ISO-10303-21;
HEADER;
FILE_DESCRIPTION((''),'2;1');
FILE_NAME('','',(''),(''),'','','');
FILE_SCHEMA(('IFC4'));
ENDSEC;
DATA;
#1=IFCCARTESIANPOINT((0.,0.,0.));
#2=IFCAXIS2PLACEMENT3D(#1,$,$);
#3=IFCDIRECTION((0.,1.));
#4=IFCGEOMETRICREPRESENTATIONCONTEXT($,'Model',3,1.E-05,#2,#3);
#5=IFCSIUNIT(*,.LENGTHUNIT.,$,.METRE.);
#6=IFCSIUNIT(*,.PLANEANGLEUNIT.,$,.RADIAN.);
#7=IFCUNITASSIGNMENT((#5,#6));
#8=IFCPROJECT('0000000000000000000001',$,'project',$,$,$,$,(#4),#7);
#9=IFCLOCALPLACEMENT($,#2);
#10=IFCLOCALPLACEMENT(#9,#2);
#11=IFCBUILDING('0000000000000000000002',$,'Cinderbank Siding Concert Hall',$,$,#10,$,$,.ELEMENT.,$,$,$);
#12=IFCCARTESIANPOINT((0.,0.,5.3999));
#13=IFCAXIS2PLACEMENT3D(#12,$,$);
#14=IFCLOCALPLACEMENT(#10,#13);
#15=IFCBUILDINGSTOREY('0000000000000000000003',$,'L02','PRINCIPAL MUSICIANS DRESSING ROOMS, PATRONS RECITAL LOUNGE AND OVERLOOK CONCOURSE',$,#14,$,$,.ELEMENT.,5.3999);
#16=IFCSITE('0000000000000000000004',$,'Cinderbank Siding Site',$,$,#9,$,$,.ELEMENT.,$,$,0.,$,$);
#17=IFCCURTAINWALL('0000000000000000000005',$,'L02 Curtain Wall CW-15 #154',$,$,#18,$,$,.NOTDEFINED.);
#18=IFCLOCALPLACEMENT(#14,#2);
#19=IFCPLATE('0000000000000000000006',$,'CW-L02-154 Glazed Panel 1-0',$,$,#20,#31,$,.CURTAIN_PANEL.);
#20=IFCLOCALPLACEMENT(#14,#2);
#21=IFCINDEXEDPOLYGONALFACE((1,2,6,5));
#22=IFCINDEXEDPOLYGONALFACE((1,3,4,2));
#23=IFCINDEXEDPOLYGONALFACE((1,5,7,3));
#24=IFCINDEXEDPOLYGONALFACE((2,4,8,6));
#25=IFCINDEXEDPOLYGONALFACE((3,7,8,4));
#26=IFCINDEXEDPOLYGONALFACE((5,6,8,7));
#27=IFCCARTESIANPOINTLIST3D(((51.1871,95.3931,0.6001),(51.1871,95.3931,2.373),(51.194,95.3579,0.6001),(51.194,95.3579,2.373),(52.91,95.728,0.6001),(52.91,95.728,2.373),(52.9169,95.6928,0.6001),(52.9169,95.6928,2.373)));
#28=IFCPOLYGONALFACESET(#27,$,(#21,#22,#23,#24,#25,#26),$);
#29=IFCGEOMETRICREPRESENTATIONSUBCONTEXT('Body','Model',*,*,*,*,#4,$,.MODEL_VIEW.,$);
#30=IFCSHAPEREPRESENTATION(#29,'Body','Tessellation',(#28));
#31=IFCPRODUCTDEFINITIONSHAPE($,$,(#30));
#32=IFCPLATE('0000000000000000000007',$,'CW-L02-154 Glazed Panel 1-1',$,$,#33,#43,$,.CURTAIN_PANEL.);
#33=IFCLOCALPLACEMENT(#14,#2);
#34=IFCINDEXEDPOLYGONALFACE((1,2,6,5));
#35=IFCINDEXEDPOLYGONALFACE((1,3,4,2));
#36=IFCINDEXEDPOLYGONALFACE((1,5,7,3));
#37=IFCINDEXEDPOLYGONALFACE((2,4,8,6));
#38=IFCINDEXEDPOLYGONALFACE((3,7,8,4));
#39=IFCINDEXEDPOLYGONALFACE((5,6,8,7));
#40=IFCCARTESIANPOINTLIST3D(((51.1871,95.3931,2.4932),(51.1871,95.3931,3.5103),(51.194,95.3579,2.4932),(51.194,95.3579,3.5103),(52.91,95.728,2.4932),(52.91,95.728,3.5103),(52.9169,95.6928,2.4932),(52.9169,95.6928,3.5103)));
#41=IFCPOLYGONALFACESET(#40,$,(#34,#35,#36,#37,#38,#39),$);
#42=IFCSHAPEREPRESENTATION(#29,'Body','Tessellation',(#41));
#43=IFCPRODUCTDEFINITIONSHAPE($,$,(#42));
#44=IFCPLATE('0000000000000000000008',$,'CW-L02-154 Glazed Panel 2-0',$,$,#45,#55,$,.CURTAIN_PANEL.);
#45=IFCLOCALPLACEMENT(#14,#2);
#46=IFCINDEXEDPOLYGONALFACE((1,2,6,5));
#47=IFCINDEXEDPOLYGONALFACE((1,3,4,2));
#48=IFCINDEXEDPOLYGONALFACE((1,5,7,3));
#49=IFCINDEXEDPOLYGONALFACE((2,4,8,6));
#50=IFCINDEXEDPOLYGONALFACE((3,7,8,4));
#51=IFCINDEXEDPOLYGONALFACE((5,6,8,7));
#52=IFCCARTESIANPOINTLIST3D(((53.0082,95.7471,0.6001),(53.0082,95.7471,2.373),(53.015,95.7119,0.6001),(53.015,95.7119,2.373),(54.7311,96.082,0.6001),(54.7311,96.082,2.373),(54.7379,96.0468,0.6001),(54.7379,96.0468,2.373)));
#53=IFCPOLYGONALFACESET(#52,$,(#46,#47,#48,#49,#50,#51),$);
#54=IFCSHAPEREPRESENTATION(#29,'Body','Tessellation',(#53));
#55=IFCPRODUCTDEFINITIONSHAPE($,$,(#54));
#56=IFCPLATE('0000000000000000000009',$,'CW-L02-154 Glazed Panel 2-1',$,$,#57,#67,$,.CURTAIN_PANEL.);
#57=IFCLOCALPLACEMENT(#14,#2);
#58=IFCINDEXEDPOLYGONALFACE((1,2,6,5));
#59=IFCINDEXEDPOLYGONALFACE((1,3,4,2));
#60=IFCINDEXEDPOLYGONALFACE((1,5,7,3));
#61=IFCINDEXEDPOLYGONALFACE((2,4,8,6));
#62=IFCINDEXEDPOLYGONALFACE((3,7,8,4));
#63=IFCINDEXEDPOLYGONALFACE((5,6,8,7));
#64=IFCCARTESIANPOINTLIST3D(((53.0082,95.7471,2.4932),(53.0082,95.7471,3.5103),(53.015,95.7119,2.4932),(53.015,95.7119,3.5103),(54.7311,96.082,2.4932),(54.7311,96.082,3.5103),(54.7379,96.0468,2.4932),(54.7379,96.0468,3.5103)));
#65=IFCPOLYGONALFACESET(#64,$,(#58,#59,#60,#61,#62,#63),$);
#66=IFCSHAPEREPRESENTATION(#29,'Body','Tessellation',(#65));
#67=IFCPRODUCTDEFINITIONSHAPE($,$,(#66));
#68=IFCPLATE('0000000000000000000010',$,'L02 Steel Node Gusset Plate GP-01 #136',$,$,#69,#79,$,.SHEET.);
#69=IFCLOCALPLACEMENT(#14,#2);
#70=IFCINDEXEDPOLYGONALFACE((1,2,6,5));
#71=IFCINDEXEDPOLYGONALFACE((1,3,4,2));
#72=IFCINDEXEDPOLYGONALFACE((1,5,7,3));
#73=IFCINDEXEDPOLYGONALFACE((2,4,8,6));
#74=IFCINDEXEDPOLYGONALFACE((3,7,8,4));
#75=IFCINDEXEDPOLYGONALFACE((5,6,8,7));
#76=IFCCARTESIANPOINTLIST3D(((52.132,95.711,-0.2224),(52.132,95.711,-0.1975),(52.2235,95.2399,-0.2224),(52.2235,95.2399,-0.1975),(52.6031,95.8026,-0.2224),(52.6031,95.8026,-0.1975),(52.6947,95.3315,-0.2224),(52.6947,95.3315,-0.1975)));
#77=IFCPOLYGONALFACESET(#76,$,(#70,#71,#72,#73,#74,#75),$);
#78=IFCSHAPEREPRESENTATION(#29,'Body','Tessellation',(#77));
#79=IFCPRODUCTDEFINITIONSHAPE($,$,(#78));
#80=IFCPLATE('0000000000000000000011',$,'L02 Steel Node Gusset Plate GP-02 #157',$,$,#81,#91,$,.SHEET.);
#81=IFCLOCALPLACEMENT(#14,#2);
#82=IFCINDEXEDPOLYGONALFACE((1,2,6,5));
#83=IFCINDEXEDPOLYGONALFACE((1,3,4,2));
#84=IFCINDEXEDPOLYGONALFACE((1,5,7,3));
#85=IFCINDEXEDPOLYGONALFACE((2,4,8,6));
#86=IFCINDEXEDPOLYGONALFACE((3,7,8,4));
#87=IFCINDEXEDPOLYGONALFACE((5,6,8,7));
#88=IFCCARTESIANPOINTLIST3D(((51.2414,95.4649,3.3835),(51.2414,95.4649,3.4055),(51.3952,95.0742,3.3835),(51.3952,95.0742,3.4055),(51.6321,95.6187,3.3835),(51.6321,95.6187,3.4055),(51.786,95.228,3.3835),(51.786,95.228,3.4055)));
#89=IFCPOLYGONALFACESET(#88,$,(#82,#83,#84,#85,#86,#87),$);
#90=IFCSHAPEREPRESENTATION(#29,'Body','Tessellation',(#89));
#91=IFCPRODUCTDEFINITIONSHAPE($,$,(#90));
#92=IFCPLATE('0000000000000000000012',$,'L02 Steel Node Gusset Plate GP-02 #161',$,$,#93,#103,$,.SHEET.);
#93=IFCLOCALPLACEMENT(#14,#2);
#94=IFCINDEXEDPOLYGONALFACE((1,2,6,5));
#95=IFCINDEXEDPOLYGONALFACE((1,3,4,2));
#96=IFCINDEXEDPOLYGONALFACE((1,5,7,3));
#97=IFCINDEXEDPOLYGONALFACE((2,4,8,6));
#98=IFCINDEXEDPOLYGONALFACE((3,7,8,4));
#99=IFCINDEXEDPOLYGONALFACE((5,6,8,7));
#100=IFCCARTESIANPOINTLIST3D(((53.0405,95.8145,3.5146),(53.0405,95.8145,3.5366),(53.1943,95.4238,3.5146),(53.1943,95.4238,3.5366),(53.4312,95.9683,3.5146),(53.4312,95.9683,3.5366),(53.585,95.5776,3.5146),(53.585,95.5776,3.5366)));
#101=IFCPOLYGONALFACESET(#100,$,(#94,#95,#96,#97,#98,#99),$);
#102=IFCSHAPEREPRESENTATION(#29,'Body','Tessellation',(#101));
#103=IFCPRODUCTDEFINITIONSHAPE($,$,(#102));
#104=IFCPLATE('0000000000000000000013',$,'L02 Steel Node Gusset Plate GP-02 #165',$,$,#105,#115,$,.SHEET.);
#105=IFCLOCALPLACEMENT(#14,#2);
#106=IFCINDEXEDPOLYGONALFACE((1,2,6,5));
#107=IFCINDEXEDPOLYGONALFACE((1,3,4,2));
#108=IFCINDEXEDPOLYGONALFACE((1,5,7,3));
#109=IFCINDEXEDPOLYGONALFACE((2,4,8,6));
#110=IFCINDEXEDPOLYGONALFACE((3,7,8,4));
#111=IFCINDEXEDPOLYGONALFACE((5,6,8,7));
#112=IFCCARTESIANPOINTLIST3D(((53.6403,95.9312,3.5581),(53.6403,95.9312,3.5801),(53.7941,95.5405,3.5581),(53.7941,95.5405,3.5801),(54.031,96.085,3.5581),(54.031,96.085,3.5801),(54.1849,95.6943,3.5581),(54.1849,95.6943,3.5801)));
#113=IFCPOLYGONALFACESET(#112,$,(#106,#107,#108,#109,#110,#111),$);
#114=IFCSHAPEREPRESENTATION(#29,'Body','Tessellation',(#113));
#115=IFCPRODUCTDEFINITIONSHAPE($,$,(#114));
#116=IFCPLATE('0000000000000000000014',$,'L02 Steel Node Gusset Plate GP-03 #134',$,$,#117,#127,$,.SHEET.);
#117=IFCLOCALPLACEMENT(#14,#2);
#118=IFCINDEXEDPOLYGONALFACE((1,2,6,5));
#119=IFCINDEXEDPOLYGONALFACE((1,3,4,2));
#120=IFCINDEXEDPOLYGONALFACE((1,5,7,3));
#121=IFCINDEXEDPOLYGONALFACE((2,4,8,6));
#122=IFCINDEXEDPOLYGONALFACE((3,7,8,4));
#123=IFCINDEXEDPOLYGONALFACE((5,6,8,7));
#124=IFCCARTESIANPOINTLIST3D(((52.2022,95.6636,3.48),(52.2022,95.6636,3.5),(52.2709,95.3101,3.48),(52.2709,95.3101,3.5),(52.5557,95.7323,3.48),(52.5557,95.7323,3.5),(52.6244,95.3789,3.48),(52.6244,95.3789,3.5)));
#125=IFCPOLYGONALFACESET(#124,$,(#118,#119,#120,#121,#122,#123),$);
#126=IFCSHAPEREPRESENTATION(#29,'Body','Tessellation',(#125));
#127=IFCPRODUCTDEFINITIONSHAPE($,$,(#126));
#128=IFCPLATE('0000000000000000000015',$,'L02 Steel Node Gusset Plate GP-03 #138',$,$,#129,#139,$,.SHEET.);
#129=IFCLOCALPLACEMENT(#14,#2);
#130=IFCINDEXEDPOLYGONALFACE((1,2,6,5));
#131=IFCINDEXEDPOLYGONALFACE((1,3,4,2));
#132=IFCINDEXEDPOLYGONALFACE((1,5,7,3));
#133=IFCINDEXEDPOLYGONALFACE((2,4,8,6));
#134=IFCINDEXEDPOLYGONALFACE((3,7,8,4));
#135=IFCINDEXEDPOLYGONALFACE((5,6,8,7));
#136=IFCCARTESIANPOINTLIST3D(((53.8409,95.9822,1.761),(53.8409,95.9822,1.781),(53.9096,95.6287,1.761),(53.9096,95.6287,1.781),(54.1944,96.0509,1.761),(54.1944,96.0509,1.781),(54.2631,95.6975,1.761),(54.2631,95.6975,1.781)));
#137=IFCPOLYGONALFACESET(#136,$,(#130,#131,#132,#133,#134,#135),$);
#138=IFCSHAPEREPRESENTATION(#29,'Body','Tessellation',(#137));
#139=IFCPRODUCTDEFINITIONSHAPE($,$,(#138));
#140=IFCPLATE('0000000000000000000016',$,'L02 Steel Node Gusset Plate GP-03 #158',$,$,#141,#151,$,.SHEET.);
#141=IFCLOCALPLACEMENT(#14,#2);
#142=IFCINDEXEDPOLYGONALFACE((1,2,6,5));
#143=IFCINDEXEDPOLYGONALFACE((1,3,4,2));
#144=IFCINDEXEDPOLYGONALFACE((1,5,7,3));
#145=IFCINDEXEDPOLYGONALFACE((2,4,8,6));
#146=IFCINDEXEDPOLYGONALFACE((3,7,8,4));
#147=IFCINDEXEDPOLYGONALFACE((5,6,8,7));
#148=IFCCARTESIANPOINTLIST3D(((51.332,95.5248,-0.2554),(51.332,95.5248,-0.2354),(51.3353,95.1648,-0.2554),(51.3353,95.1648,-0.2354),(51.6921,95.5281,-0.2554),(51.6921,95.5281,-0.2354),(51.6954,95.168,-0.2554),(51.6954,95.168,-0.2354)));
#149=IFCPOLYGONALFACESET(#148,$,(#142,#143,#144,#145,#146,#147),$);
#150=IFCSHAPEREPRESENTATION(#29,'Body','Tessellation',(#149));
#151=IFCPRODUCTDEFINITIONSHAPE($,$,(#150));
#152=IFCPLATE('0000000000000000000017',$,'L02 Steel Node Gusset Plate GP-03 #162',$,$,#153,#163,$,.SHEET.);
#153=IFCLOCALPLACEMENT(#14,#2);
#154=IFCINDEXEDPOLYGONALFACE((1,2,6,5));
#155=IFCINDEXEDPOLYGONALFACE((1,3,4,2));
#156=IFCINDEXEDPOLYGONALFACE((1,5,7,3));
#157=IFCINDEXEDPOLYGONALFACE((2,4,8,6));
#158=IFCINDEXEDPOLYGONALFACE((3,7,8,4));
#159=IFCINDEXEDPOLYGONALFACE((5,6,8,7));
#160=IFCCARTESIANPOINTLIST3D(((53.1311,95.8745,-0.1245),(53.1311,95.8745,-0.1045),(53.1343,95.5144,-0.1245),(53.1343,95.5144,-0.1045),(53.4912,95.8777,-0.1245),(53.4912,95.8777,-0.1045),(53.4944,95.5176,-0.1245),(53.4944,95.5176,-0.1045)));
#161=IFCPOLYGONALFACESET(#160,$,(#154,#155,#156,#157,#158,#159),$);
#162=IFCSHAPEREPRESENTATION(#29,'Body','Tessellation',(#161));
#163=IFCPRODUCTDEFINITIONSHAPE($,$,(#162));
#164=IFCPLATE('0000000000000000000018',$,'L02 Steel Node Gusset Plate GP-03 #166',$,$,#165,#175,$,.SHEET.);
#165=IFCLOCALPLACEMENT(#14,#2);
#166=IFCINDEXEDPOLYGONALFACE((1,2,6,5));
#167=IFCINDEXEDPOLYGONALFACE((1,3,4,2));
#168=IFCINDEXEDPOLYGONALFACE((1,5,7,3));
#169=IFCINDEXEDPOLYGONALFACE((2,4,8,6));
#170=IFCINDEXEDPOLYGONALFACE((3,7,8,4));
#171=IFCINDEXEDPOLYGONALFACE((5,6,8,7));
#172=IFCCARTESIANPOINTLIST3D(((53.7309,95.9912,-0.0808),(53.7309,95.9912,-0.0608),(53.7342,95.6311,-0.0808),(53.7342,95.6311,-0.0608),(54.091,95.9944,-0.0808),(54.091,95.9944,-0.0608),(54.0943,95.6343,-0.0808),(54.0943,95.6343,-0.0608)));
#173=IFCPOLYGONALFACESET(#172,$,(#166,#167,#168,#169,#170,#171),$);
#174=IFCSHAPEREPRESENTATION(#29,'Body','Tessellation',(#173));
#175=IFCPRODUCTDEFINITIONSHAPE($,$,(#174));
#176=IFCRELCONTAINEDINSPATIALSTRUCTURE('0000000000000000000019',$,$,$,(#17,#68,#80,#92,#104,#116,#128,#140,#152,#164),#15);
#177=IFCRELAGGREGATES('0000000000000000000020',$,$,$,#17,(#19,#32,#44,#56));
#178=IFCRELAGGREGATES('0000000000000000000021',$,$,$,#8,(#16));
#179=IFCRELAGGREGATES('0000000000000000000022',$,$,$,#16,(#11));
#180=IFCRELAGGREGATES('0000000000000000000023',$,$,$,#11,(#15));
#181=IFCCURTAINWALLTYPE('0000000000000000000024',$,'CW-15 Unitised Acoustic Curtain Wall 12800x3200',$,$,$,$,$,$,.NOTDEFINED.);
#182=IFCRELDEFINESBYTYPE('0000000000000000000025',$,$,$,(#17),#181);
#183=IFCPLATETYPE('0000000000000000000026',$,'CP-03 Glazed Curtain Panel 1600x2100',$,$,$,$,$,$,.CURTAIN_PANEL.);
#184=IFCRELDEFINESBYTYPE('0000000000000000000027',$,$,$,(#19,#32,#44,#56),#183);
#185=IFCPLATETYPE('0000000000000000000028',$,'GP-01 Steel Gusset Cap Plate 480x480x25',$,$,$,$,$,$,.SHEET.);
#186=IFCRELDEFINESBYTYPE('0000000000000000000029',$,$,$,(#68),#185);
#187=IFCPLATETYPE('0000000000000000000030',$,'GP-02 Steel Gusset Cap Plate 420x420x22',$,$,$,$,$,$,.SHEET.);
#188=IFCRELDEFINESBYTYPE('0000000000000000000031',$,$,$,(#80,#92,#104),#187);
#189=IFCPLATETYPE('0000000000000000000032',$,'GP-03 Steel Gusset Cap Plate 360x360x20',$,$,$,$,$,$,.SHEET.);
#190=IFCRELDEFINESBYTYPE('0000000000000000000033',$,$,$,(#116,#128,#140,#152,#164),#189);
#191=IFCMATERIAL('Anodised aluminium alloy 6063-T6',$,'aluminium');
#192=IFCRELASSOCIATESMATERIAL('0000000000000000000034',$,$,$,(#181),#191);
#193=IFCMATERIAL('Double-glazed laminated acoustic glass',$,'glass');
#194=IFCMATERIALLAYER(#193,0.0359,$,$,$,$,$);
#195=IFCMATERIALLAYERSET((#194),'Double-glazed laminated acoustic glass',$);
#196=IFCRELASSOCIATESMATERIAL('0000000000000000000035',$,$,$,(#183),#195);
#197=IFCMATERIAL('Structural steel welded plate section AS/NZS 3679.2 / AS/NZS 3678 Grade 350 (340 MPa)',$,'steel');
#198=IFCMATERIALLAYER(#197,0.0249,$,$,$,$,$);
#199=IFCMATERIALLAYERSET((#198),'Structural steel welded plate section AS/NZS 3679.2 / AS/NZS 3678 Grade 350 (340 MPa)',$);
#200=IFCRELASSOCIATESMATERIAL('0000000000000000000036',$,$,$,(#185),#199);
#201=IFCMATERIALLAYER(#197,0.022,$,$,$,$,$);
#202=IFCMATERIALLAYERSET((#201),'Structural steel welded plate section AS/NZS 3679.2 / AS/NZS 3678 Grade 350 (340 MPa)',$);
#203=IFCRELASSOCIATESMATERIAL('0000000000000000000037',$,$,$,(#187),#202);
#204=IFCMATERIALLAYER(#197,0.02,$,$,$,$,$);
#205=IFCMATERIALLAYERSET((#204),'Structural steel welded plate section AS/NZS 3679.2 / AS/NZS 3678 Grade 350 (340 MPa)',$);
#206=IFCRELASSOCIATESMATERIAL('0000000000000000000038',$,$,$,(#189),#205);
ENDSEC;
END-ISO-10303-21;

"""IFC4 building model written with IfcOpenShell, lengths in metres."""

from ifc_helpers import new_model, si_unit, direction, frame, origin, origin_2d, place, context, subcontext, project, spatial, rectangle, extrude, material, layer, layer_set, type_object, element, aggregate, save


model = new_model("IFC4")

# Units and contexts
model_context = context("Model", 3, precision=1e-05, world=origin(), true_north=direction((0.0, 1.0)))
body_context = subcontext(model_context, "Body", "Model", "MODEL_VIEW")
ifc_project = project(units=[si_unit("LENGTHUNIT", "METRE"), si_unit("PLANEANGLEUNIT", "RADIAN")], contexts=[model_context])

# Site, building, storey
site_placement = place(None, origin())
site = spatial("IfcSite", under=ifc_project, at=site_placement, Name="Cinderbank Siding Site", CompositionType="ELEMENT", RefElevation=0.0)
building_placement = place(site_placement, origin())
building = spatial("IfcBuilding", under=site, at=building_placement, Name="Cinderbank Siding Concert Hall", CompositionType="ELEMENT")
storey_placement = place(building_placement, frame((0.0, 0.0, 5.3999)))
storey = spatial("IfcBuildingStorey", under=building, at=storey_placement, Name="L02", Description="PRINCIPAL MUSICIANS DRESSING ROOMS, PATRONS RECITAL LOUNGE AND OVERLOOK CONCOURSE", CompositionType="ELEMENT", Elevation=5.3999)

# Curtain wall
ifc_material_1 = material(Name="Anodised aluminium alloy 6063-T6", Category="aluminium")
curtain_wall_type = type_object("IfcCurtainWallType", Name="CW-15 Unitised Acoustic Curtain Wall 12800x3200", PredefinedType="NOTDEFINED", material=ifc_material_1)
curtain_wall_placement = place(storey_placement, origin())
curtain_wall = element("IfcCurtainWall", 1, at=curtain_wall_placement, inside=storey, type_object=curtain_wall_type, Name="L02 Curtain Wall CW-15 #154", PredefinedType="NOTDEFINED")

# Plates
ifc_material_2 = material(Name="Double-glazed laminated acoustic glass", Category="glass")
ifc_layer_1 = layer(ifc_material_2, 0.0359)
ifc_layer_set_1 = layer_set([ifc_layer_1], Name="Double-glazed laminated acoustic glass")
plate_type_1 = type_object("IfcPlateType", Name="CP-03 Glazed Curtain Panel 1600x2100", PredefinedType="CURTAIN_PANEL", material=ifc_layer_set_1)
plate_1_placement = place(storey_placement, frame((52.052, 95.543, 0.6001), z_axis=(0.0, 0.0, 1.0), x_axis=(0.981627, 0.190811, 0.0)))
plate_1 = element("IfcPlate", 2, at=plate_1_placement, type_object=plate_type_1, Name="CW-L02-154 Glazed Panel 1-0", PredefinedType="CURTAIN_PANEL", context=body_context, shape_type="SweptSolid", body=[
    extrude(rectangle(XDim=1.7551, YDim=0.0359, at=origin_2d()), origin(), (0.0, 0.0, 1.0), 1.7729),
])
plate_2_placement = place(storey_placement, frame((52.052, 95.543, 2.4932), z_axis=(0.0, 0.0, 1.0), x_axis=(0.981627, 0.190811, 0.0)))
plate_2 = element("IfcPlate", 3, at=plate_2_placement, type_object=plate_type_1, Name="CW-L02-154 Glazed Panel 1-1", PredefinedType="CURTAIN_PANEL", context=body_context, shape_type="SweptSolid", body=[
    extrude(rectangle(XDim=1.7551, YDim=0.0359, at=origin_2d()), origin(), (0.0, 0.0, 1.0), 1.0171),
])
plate_3_placement = place(storey_placement, frame((53.873, 95.897, 0.6001), z_axis=(0.0, 0.0, 1.0), x_axis=(0.981627, 0.190811, 0.0)))
plate_3 = element("IfcPlate", 4, at=plate_3_placement, type_object=plate_type_1, Name="CW-L02-154 Glazed Panel 2-0", PredefinedType="CURTAIN_PANEL", context=body_context, shape_type="SweptSolid", body=[
    extrude(rectangle(XDim=1.7551, YDim=0.0359, at=origin_2d()), origin(), (0.0, 0.0, 1.0), 1.7729),
])
plate_4_placement = place(storey_placement, frame((53.873, 95.897, 2.4932), z_axis=(0.0, 0.0, 1.0), x_axis=(0.981627, 0.190811, 0.0)))
plate_4 = element("IfcPlate", 5, at=plate_4_placement, type_object=plate_type_1, Name="CW-L02-154 Glazed Panel 2-1", PredefinedType="CURTAIN_PANEL", context=body_context, shape_type="SweptSolid", body=[
    extrude(rectangle(XDim=1.7551, YDim=0.0359, at=origin_2d()), origin(), (0.0, 0.0, 1.0), 1.0171),
])
aggregate(curtain_wall, [plate_1, plate_2, plate_3, plate_4])

# Plates
ifc_material_3 = material(Name="Structural steel welded plate section AS/NZS 3679.2 / AS/NZS 3678 Grade 350 (340 MPa)", Category="steel")
ifc_layer_2 = layer(ifc_material_3, 0.0249)
ifc_layer_set_2 = layer_set([ifc_layer_2], Name="Structural steel welded plate section AS/NZS 3679.2 / AS/NZS 3678 Grade 350 (340 MPa)")
plate_type_2 = type_object("IfcPlateType", Name="GP-01 Steel Gusset Cap Plate 480x480x25", PredefinedType="SHEET", material=ifc_layer_set_2)
plate_5_placement = place(storey_placement, frame((52.4133, 95.5212, -0.2224), z_axis=(0.0, 0.0, 1.0), x_axis=(0.981627, 0.190809, 0.0)))
element("IfcPlate", 6, at=plate_5_placement, inside=storey, type_object=plate_type_2, Name="L02 Steel Node Gusset Plate GP-01 #136", PredefinedType="SHEET", context=body_context, shape_type="SweptSolid", body=[
    extrude(rectangle(XDim=0.48, YDim=0.48, at=origin_2d()), origin(), (0.0, 0.0, 1.0), 0.0249),
])
ifc_layer_3 = layer(ifc_material_3, 0.022)
ifc_layer_set_3 = layer_set([ifc_layer_3], Name="Structural steel welded plate section AS/NZS 3679.2 / AS/NZS 3678 Grade 350 (340 MPa)")
plate_type_3 = type_object("IfcPlateType", Name="GP-02 Steel Gusset Cap Plate 420x420x22", PredefinedType="SHEET", material=ifc_layer_set_3)
for number, where, z_axis, x_axis, name in (
    (7, (51.5137, 95.3464, 3.3835), (0.0, 0.0, 1.0), (0.366339, -0.930482, 0.0), "L02 Steel Node Gusset Plate GP-02 #157"),
    (8, (53.3127, 95.696, 3.5146), (0.0, 0.0, 1.0), (0.366339, -0.930482, 0.0), "L02 Steel Node Gusset Plate GP-02 #161"),
    (9, (53.9126, 95.8127, 3.5581), (0.0, 0.0, 1.0), (0.366339, -0.930482, 0.0), "L02 Steel Node Gusset Plate GP-02 #165"),
):
    element("IfcPlate", number, at=place(storey_placement, frame(where, z_axis=z_axis, x_axis=x_axis)), inside=storey, type_object=plate_type_3, Name=name, PredefinedType="SHEET", context=body_context, shape_type="SweptSolid", body=[
        extrude(rectangle(XDim=0.4199, YDim=0.4199, at=origin_2d()), origin(), (0.0, 0.0, 1.0), 0.022),
    ])
ifc_layer_4 = layer(ifc_material_3, 0.02)
ifc_layer_set_4 = layer_set([ifc_layer_4], Name="Structural steel welded plate section AS/NZS 3679.2 / AS/NZS 3678 Grade 350 (340 MPa)")
plate_type_4 = type_object("IfcPlateType", Name="GP-03 Steel Gusset Cap Plate 360x360x20", PredefinedType="SHEET", material=ifc_layer_set_4)
for number, where, z_axis, x_axis, name in (
    (10, (52.4133, 95.5212, 3.48), (0.0, 0.0, 1.0), (0.981627, 0.190809, 0.0), "L02 Steel Node Gusset Plate GP-03 #134"),
    (11, (54.052, 95.8398, 1.761), (0.0, 0.0, 1.0), (0.981627, 0.190809, 0.0), "L02 Steel Node Gusset Plate GP-03 #138"),
    (12, (51.5137, 95.3464, -0.2554), (0.0, 0.0, 1.0), (-0.009076, 0.999959, 0.0), "L02 Steel Node Gusset Plate GP-03 #158"),
    (13, (53.3127, 95.696, -0.1245), (0.0, 0.0, 1.0), (-0.009076, 0.999959, 0.0), "L02 Steel Node Gusset Plate GP-03 #162"),
    (14, (53.9126, 95.8127, -0.0808), (0.0, 0.0, 1.0), (-0.009076, 0.999959, 0.0), "L02 Steel Node Gusset Plate GP-03 #166"),
):
    element("IfcPlate", number, at=place(storey_placement, frame(where, z_axis=z_axis, x_axis=x_axis)), inside=storey, type_object=plate_type_4, Name=name, PredefinedType="SHEET", context=body_context, shape_type="SweptSolid", body=[
        extrude(rectangle(XDim=0.3601, YDim=0.3601, at=origin_2d()), origin(), (0.0, 0.0, 1.0), 0.02),
    ])

save(model, "model.ifc")
